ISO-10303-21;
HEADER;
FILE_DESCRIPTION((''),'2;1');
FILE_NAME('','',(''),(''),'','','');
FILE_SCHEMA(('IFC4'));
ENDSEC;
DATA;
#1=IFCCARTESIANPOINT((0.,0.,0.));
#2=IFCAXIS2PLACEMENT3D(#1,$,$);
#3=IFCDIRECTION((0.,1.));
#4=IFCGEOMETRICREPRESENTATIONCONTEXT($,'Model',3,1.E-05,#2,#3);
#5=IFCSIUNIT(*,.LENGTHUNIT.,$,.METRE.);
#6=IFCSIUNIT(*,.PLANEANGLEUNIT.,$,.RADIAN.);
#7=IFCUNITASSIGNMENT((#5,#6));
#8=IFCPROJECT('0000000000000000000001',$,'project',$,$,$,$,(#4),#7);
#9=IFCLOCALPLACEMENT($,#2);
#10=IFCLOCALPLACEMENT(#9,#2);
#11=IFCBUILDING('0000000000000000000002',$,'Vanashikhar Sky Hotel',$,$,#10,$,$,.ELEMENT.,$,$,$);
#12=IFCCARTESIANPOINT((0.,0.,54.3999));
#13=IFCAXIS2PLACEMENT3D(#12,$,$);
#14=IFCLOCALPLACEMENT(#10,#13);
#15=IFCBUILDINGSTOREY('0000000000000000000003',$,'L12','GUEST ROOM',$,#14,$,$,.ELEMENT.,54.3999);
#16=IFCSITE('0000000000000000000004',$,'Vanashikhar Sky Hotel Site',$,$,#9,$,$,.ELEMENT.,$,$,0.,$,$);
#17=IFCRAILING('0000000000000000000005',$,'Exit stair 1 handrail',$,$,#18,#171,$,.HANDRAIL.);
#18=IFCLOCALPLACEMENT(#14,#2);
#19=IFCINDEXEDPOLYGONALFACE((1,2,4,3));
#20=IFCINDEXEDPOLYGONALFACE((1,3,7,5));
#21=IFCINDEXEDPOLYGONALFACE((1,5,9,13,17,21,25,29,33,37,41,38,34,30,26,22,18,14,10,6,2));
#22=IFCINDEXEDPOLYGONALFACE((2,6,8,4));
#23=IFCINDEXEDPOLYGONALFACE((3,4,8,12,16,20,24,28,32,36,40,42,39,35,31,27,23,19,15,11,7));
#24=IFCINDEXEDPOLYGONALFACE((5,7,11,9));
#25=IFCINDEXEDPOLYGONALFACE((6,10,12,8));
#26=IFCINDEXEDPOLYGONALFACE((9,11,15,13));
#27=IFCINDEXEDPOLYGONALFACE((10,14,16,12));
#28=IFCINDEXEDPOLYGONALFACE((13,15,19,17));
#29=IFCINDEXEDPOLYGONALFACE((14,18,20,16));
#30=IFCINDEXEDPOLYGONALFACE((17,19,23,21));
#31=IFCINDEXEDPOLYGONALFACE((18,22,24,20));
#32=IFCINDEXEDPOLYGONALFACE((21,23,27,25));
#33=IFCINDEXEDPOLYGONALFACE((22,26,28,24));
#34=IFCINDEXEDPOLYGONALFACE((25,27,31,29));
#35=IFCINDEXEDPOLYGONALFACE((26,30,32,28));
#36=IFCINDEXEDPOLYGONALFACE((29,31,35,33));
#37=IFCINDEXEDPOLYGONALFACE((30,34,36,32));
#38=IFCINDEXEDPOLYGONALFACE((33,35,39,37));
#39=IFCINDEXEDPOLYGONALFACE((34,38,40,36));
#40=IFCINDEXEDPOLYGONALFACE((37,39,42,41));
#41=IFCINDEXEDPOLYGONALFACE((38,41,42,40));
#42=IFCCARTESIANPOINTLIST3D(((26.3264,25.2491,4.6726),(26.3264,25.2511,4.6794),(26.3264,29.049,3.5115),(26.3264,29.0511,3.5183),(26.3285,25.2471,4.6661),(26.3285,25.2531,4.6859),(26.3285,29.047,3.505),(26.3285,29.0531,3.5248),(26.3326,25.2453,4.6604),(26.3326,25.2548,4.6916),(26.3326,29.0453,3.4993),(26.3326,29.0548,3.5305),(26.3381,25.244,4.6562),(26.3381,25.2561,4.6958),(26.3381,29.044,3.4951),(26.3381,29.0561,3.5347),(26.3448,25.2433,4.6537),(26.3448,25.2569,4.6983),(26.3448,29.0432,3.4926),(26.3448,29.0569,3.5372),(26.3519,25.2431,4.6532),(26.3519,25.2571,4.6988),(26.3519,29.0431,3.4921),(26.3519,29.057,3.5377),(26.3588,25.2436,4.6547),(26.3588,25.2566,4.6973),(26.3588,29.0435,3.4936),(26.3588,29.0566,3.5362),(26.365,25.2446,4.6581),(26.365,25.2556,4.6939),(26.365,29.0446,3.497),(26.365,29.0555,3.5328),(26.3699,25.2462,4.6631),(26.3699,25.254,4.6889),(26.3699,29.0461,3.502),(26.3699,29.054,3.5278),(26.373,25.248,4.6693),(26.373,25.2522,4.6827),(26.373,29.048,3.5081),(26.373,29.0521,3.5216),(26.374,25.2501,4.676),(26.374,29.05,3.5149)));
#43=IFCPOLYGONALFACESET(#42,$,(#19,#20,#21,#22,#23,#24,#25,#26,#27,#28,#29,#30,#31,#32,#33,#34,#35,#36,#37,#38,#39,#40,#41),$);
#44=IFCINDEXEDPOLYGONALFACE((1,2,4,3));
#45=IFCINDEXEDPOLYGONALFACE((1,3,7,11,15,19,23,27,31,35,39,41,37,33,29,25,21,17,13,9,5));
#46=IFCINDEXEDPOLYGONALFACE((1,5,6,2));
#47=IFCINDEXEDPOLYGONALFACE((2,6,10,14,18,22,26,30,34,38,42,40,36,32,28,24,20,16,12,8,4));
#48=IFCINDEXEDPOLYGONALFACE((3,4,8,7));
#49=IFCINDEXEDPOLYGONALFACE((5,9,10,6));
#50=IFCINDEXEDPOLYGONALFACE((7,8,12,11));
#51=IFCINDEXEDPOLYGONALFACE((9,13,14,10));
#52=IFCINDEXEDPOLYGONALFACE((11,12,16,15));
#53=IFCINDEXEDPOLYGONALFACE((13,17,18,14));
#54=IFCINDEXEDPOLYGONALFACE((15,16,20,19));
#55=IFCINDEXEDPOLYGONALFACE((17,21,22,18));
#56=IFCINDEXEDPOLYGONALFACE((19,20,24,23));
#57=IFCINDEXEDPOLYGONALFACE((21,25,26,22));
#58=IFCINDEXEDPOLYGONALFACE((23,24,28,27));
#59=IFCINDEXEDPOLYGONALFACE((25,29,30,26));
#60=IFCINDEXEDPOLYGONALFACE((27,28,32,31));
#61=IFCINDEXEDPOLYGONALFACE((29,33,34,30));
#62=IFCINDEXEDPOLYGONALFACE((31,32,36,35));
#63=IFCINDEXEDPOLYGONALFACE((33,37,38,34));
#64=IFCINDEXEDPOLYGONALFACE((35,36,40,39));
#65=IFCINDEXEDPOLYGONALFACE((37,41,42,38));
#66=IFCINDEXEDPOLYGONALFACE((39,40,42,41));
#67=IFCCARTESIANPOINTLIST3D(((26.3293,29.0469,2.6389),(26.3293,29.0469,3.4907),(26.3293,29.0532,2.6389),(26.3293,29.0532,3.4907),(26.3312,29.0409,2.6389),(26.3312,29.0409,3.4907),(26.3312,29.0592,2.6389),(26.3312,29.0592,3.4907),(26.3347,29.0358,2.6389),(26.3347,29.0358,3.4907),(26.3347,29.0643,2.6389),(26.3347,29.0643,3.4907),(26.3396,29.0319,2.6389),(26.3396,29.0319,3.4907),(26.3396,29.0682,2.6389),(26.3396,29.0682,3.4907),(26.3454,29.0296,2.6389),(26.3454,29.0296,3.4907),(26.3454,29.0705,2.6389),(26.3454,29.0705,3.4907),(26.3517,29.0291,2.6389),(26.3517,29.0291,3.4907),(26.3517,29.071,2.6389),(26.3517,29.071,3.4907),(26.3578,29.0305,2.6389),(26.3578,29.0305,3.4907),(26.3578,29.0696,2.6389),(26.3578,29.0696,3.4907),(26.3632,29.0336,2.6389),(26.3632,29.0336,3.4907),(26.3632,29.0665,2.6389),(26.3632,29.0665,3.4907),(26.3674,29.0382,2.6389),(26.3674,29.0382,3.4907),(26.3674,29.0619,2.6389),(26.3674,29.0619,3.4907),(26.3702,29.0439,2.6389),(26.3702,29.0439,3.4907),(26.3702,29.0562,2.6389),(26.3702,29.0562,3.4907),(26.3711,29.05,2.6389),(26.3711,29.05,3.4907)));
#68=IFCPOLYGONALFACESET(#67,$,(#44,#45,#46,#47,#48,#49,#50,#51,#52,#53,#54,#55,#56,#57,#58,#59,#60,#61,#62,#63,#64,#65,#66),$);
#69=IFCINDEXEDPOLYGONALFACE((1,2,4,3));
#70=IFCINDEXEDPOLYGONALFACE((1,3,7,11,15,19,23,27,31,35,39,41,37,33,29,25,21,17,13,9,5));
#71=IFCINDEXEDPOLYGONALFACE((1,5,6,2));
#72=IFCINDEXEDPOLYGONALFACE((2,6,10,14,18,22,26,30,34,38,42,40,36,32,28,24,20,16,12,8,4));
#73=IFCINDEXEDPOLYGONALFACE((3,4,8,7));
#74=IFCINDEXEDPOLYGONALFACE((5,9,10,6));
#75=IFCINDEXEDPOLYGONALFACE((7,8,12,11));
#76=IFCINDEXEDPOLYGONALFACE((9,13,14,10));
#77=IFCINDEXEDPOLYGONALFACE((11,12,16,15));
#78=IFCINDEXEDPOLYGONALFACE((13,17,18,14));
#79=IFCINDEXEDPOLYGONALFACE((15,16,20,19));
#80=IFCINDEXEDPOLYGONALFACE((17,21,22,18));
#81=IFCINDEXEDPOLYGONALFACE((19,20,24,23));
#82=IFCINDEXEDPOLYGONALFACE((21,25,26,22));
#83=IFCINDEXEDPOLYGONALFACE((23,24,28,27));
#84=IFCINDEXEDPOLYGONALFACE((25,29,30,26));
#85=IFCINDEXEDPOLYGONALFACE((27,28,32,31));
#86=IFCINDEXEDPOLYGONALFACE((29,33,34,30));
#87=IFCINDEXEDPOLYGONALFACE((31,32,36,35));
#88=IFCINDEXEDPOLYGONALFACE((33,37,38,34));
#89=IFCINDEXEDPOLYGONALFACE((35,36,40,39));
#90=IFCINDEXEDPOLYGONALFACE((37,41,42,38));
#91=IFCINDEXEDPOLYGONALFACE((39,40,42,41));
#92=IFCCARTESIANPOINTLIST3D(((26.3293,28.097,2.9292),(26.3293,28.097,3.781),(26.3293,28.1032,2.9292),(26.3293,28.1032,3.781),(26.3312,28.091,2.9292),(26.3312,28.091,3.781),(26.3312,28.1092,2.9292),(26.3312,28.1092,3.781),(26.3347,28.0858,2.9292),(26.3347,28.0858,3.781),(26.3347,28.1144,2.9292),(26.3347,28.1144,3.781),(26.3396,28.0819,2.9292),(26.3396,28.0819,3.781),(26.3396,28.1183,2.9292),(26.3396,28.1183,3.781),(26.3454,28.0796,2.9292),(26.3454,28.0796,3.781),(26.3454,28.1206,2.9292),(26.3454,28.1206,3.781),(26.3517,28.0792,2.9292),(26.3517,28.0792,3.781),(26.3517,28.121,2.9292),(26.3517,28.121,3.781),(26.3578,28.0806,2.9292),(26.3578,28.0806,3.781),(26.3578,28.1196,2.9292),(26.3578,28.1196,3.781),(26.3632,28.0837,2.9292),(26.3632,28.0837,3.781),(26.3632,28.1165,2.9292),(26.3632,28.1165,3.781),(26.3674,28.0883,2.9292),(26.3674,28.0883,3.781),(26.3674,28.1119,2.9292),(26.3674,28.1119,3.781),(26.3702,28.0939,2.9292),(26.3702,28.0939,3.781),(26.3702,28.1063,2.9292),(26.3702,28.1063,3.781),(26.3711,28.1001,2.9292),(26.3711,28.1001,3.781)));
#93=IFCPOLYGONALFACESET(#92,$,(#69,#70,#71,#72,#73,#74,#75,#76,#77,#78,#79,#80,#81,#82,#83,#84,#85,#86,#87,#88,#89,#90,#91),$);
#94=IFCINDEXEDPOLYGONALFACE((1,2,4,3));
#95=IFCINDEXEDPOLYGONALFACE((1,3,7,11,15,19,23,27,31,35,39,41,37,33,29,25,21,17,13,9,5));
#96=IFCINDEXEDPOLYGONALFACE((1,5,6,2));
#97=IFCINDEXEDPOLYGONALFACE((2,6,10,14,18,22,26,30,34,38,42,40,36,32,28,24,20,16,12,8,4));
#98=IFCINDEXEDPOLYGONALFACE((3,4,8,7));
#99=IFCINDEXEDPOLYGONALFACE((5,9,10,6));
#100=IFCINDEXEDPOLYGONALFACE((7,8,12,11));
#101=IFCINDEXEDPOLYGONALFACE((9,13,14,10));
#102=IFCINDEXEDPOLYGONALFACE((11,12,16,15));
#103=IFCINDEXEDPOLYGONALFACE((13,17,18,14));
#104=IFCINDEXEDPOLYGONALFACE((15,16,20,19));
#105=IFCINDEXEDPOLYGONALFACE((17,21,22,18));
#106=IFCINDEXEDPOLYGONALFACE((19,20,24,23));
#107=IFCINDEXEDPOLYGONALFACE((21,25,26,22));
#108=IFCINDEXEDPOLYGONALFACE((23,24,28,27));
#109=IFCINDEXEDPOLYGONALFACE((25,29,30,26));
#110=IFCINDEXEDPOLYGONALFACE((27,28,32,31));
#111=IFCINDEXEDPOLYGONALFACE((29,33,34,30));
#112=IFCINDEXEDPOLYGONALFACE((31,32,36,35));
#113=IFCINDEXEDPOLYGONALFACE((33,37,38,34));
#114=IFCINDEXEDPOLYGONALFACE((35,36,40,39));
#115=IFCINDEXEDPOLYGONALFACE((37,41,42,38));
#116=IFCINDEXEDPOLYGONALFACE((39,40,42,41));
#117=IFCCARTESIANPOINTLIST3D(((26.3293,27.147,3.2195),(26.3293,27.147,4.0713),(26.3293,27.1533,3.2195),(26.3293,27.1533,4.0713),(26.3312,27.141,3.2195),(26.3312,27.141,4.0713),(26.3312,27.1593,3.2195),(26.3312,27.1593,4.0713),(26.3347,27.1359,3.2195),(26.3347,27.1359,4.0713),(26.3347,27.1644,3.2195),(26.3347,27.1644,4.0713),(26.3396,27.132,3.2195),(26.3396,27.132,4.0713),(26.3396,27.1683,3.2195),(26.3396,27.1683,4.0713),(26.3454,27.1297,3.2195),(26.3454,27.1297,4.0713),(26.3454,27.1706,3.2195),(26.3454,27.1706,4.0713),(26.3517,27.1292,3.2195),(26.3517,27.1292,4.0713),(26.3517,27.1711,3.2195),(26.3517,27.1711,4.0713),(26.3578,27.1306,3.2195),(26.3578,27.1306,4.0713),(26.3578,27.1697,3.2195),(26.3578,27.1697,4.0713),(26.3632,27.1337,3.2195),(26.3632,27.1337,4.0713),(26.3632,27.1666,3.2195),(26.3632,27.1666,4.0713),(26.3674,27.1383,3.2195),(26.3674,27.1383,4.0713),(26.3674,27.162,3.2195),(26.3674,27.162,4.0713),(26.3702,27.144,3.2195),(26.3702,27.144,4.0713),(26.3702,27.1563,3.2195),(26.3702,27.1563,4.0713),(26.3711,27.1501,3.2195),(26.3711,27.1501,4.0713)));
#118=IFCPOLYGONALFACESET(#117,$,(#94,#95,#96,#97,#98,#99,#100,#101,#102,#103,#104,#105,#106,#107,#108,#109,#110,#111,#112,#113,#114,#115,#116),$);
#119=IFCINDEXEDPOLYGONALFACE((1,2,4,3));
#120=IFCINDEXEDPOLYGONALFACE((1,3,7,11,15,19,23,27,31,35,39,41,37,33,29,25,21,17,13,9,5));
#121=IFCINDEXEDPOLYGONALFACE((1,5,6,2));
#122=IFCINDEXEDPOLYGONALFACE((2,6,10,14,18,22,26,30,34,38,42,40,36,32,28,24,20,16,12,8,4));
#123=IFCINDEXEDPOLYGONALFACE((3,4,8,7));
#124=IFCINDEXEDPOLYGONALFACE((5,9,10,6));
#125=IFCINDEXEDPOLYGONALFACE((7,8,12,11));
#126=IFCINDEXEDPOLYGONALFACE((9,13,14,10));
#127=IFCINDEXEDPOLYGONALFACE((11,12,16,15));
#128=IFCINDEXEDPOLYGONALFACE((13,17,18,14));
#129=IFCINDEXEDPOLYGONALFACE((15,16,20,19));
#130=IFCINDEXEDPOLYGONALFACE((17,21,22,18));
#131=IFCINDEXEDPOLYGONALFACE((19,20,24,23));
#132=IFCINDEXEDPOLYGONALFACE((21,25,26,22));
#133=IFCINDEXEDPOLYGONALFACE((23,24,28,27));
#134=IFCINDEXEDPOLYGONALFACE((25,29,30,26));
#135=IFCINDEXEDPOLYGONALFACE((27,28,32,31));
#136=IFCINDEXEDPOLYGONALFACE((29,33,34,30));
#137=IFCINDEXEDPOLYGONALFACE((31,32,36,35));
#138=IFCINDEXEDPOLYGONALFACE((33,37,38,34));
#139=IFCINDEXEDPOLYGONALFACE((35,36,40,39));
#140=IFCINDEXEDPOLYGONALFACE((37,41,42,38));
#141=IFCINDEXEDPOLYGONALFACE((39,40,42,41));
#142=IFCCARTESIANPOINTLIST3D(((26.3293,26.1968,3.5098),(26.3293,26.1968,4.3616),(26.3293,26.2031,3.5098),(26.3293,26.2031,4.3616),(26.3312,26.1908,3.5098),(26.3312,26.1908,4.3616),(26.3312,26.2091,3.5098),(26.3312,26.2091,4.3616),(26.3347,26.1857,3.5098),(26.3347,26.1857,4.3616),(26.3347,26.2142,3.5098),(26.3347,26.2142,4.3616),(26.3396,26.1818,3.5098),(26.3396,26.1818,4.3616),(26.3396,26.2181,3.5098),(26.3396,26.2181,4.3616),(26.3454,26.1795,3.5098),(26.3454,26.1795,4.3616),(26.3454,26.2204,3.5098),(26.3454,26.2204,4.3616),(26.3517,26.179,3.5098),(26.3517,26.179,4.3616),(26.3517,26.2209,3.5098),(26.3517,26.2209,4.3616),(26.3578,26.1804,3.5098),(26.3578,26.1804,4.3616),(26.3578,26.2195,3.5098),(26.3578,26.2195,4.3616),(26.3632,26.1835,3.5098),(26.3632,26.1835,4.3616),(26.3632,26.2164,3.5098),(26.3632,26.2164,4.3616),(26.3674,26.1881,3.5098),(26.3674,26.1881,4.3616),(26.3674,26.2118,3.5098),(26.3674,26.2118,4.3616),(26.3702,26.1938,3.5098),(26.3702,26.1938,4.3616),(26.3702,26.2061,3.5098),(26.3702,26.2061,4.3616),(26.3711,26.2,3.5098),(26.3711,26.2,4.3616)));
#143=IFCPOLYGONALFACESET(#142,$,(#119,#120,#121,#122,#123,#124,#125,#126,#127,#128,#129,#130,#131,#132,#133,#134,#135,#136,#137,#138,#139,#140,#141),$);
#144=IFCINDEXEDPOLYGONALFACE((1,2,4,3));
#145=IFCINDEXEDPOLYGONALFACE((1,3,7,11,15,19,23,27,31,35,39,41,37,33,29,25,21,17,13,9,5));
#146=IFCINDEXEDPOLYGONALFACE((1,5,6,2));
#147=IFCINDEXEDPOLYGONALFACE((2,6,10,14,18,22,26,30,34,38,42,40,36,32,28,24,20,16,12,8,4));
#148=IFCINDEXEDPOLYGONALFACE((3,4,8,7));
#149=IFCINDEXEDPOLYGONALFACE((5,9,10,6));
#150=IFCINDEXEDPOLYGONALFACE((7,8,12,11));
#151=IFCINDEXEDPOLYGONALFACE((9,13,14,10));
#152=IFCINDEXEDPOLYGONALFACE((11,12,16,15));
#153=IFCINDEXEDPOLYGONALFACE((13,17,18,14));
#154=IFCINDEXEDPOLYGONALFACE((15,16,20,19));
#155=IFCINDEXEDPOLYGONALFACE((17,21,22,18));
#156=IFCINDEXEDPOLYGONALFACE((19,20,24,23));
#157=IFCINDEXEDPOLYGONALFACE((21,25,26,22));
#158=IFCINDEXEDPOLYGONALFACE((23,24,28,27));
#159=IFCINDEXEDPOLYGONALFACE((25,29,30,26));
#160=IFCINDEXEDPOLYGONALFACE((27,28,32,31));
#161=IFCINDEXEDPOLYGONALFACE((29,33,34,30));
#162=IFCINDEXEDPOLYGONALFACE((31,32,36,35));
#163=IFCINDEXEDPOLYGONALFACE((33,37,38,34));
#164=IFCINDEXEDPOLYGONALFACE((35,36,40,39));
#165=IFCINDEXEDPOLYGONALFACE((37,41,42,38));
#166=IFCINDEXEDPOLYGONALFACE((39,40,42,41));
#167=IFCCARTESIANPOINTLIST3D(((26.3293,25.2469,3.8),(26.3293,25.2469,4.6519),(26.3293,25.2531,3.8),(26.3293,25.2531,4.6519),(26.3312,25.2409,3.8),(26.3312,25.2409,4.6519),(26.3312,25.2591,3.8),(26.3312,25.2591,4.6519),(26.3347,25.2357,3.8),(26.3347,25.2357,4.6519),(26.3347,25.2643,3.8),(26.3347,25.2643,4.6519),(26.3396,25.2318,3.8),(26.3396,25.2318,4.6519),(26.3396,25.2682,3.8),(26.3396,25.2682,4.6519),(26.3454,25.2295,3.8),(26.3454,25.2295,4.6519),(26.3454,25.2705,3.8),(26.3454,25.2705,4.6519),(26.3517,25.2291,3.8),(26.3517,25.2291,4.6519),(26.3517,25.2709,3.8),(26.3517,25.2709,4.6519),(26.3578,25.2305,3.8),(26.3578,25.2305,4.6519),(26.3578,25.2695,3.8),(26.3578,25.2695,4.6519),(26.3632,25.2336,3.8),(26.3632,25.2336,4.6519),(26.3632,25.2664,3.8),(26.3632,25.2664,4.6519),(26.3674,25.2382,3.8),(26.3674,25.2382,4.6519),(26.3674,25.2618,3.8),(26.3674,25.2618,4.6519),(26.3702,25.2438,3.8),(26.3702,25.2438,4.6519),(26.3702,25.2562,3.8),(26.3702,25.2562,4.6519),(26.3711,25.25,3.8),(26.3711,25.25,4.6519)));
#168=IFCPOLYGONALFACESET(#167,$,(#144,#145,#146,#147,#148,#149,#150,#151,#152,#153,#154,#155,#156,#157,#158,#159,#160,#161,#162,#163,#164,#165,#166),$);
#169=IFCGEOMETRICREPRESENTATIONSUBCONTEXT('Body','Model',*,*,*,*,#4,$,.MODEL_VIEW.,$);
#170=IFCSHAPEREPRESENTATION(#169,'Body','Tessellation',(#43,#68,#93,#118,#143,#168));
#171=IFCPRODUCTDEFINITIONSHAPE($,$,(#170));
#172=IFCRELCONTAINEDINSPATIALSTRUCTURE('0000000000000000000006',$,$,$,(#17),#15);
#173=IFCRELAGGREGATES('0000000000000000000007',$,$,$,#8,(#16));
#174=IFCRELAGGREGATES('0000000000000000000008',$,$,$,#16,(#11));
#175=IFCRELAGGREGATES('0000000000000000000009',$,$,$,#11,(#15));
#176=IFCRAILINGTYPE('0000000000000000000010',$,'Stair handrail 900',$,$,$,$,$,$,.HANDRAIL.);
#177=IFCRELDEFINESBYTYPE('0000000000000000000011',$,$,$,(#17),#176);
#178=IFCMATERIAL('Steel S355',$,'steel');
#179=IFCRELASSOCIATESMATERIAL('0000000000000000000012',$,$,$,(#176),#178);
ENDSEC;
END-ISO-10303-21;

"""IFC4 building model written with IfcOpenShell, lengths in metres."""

from ifc_helpers import new_model, si_unit, direction, frame, origin, origin_2d, place, context, subcontext, project, spatial, circle, extrude, source, transform, mapped, material, type_object, element, save


model = new_model("IFC4")

# Units and contexts
model_context = context("Model", 3, precision=1e-05, world=origin(), true_north=direction((0.0, 1.0)))
body_context = subcontext(model_context, "Body", "Model", "MODEL_VIEW")
ifc_project = project(units=[si_unit("LENGTHUNIT", "METRE"), si_unit("PLANEANGLEUNIT", "RADIAN")], contexts=[model_context])

# Site, building, storey
site_placement = place(None, origin())
site = spatial("IfcSite", under=ifc_project, at=site_placement, Name="Vanashikhar Sky Hotel Site", CompositionType="ELEMENT", RefElevation=0.0)
building_placement = place(site_placement, origin())
building = spatial("IfcBuilding", under=site, at=building_placement, Name="Vanashikhar Sky Hotel", CompositionType="ELEMENT")
storey_placement = place(building_placement, frame((0.0, 0.0, 54.3999)))
storey = spatial("IfcBuildingStorey", under=building, at=storey_placement, Name="L12", Description="GUEST ROOM", CompositionType="ELEMENT", Elevation=54.3999)

# Railing
ifc_material_1 = material(Name="Steel S355", Category="steel")
railing_type = type_object("IfcRailingType", Name="Stair handrail 900", PredefinedType="HANDRAIL", material=ifc_material_1)
shared_shape_1 = source(origin(), body_context, "Body", "SweptSolid", [
    extrude(circle(Radius=0.0239, at=origin_2d()), frame((0.0, 0.0, 0.876), z_axis=(0.0, -0.956351, 0.29222), x_axis=(1.0, 0.0, 0.0)), (0.0, 0.0, 1.0), 3.9734),
    extrude(circle(Radius=0.021, at=origin_2d()), origin(), (0.0, 0.0, 1.0), 0.8518),
    extrude(circle(Radius=0.021, at=origin_2d()), frame((0.0, -0.95, 0.2903)), (0.0, 0.0, 1.0), 0.8518),
    extrude(circle(Radius=0.021, at=origin_2d()), frame((0.0, -1.8999, 0.5806)), (0.0, 0.0, 1.0), 0.8518),
    extrude(circle(Radius=0.021, at=origin_2d()), frame((0.0, -2.8501, 0.8708)), (0.0, 0.0, 1.0), 0.8518),
    extrude(circle(Radius=0.021, at=origin_2d()), frame((0.0, -3.8, 1.1611)), (0.0, 0.0, 1.0), 0.8518),
])
for number, where, name in (
    (1, (26.3501, 29.05, 2.6389), "Exit stair 1 handrail"),
):
    element("IfcRailing", number, at=place(storey_placement, frame(where)), inside=storey, type_object=railing_type, Name=name, PredefinedType="HANDRAIL", context=body_context, shape_type="MappedRepresentation", body=[
        mapped(shared_shape_1, transform((0.0, 0.0, 0.0), scale=1.0)),
    ])

save(model, "model.ifc")
